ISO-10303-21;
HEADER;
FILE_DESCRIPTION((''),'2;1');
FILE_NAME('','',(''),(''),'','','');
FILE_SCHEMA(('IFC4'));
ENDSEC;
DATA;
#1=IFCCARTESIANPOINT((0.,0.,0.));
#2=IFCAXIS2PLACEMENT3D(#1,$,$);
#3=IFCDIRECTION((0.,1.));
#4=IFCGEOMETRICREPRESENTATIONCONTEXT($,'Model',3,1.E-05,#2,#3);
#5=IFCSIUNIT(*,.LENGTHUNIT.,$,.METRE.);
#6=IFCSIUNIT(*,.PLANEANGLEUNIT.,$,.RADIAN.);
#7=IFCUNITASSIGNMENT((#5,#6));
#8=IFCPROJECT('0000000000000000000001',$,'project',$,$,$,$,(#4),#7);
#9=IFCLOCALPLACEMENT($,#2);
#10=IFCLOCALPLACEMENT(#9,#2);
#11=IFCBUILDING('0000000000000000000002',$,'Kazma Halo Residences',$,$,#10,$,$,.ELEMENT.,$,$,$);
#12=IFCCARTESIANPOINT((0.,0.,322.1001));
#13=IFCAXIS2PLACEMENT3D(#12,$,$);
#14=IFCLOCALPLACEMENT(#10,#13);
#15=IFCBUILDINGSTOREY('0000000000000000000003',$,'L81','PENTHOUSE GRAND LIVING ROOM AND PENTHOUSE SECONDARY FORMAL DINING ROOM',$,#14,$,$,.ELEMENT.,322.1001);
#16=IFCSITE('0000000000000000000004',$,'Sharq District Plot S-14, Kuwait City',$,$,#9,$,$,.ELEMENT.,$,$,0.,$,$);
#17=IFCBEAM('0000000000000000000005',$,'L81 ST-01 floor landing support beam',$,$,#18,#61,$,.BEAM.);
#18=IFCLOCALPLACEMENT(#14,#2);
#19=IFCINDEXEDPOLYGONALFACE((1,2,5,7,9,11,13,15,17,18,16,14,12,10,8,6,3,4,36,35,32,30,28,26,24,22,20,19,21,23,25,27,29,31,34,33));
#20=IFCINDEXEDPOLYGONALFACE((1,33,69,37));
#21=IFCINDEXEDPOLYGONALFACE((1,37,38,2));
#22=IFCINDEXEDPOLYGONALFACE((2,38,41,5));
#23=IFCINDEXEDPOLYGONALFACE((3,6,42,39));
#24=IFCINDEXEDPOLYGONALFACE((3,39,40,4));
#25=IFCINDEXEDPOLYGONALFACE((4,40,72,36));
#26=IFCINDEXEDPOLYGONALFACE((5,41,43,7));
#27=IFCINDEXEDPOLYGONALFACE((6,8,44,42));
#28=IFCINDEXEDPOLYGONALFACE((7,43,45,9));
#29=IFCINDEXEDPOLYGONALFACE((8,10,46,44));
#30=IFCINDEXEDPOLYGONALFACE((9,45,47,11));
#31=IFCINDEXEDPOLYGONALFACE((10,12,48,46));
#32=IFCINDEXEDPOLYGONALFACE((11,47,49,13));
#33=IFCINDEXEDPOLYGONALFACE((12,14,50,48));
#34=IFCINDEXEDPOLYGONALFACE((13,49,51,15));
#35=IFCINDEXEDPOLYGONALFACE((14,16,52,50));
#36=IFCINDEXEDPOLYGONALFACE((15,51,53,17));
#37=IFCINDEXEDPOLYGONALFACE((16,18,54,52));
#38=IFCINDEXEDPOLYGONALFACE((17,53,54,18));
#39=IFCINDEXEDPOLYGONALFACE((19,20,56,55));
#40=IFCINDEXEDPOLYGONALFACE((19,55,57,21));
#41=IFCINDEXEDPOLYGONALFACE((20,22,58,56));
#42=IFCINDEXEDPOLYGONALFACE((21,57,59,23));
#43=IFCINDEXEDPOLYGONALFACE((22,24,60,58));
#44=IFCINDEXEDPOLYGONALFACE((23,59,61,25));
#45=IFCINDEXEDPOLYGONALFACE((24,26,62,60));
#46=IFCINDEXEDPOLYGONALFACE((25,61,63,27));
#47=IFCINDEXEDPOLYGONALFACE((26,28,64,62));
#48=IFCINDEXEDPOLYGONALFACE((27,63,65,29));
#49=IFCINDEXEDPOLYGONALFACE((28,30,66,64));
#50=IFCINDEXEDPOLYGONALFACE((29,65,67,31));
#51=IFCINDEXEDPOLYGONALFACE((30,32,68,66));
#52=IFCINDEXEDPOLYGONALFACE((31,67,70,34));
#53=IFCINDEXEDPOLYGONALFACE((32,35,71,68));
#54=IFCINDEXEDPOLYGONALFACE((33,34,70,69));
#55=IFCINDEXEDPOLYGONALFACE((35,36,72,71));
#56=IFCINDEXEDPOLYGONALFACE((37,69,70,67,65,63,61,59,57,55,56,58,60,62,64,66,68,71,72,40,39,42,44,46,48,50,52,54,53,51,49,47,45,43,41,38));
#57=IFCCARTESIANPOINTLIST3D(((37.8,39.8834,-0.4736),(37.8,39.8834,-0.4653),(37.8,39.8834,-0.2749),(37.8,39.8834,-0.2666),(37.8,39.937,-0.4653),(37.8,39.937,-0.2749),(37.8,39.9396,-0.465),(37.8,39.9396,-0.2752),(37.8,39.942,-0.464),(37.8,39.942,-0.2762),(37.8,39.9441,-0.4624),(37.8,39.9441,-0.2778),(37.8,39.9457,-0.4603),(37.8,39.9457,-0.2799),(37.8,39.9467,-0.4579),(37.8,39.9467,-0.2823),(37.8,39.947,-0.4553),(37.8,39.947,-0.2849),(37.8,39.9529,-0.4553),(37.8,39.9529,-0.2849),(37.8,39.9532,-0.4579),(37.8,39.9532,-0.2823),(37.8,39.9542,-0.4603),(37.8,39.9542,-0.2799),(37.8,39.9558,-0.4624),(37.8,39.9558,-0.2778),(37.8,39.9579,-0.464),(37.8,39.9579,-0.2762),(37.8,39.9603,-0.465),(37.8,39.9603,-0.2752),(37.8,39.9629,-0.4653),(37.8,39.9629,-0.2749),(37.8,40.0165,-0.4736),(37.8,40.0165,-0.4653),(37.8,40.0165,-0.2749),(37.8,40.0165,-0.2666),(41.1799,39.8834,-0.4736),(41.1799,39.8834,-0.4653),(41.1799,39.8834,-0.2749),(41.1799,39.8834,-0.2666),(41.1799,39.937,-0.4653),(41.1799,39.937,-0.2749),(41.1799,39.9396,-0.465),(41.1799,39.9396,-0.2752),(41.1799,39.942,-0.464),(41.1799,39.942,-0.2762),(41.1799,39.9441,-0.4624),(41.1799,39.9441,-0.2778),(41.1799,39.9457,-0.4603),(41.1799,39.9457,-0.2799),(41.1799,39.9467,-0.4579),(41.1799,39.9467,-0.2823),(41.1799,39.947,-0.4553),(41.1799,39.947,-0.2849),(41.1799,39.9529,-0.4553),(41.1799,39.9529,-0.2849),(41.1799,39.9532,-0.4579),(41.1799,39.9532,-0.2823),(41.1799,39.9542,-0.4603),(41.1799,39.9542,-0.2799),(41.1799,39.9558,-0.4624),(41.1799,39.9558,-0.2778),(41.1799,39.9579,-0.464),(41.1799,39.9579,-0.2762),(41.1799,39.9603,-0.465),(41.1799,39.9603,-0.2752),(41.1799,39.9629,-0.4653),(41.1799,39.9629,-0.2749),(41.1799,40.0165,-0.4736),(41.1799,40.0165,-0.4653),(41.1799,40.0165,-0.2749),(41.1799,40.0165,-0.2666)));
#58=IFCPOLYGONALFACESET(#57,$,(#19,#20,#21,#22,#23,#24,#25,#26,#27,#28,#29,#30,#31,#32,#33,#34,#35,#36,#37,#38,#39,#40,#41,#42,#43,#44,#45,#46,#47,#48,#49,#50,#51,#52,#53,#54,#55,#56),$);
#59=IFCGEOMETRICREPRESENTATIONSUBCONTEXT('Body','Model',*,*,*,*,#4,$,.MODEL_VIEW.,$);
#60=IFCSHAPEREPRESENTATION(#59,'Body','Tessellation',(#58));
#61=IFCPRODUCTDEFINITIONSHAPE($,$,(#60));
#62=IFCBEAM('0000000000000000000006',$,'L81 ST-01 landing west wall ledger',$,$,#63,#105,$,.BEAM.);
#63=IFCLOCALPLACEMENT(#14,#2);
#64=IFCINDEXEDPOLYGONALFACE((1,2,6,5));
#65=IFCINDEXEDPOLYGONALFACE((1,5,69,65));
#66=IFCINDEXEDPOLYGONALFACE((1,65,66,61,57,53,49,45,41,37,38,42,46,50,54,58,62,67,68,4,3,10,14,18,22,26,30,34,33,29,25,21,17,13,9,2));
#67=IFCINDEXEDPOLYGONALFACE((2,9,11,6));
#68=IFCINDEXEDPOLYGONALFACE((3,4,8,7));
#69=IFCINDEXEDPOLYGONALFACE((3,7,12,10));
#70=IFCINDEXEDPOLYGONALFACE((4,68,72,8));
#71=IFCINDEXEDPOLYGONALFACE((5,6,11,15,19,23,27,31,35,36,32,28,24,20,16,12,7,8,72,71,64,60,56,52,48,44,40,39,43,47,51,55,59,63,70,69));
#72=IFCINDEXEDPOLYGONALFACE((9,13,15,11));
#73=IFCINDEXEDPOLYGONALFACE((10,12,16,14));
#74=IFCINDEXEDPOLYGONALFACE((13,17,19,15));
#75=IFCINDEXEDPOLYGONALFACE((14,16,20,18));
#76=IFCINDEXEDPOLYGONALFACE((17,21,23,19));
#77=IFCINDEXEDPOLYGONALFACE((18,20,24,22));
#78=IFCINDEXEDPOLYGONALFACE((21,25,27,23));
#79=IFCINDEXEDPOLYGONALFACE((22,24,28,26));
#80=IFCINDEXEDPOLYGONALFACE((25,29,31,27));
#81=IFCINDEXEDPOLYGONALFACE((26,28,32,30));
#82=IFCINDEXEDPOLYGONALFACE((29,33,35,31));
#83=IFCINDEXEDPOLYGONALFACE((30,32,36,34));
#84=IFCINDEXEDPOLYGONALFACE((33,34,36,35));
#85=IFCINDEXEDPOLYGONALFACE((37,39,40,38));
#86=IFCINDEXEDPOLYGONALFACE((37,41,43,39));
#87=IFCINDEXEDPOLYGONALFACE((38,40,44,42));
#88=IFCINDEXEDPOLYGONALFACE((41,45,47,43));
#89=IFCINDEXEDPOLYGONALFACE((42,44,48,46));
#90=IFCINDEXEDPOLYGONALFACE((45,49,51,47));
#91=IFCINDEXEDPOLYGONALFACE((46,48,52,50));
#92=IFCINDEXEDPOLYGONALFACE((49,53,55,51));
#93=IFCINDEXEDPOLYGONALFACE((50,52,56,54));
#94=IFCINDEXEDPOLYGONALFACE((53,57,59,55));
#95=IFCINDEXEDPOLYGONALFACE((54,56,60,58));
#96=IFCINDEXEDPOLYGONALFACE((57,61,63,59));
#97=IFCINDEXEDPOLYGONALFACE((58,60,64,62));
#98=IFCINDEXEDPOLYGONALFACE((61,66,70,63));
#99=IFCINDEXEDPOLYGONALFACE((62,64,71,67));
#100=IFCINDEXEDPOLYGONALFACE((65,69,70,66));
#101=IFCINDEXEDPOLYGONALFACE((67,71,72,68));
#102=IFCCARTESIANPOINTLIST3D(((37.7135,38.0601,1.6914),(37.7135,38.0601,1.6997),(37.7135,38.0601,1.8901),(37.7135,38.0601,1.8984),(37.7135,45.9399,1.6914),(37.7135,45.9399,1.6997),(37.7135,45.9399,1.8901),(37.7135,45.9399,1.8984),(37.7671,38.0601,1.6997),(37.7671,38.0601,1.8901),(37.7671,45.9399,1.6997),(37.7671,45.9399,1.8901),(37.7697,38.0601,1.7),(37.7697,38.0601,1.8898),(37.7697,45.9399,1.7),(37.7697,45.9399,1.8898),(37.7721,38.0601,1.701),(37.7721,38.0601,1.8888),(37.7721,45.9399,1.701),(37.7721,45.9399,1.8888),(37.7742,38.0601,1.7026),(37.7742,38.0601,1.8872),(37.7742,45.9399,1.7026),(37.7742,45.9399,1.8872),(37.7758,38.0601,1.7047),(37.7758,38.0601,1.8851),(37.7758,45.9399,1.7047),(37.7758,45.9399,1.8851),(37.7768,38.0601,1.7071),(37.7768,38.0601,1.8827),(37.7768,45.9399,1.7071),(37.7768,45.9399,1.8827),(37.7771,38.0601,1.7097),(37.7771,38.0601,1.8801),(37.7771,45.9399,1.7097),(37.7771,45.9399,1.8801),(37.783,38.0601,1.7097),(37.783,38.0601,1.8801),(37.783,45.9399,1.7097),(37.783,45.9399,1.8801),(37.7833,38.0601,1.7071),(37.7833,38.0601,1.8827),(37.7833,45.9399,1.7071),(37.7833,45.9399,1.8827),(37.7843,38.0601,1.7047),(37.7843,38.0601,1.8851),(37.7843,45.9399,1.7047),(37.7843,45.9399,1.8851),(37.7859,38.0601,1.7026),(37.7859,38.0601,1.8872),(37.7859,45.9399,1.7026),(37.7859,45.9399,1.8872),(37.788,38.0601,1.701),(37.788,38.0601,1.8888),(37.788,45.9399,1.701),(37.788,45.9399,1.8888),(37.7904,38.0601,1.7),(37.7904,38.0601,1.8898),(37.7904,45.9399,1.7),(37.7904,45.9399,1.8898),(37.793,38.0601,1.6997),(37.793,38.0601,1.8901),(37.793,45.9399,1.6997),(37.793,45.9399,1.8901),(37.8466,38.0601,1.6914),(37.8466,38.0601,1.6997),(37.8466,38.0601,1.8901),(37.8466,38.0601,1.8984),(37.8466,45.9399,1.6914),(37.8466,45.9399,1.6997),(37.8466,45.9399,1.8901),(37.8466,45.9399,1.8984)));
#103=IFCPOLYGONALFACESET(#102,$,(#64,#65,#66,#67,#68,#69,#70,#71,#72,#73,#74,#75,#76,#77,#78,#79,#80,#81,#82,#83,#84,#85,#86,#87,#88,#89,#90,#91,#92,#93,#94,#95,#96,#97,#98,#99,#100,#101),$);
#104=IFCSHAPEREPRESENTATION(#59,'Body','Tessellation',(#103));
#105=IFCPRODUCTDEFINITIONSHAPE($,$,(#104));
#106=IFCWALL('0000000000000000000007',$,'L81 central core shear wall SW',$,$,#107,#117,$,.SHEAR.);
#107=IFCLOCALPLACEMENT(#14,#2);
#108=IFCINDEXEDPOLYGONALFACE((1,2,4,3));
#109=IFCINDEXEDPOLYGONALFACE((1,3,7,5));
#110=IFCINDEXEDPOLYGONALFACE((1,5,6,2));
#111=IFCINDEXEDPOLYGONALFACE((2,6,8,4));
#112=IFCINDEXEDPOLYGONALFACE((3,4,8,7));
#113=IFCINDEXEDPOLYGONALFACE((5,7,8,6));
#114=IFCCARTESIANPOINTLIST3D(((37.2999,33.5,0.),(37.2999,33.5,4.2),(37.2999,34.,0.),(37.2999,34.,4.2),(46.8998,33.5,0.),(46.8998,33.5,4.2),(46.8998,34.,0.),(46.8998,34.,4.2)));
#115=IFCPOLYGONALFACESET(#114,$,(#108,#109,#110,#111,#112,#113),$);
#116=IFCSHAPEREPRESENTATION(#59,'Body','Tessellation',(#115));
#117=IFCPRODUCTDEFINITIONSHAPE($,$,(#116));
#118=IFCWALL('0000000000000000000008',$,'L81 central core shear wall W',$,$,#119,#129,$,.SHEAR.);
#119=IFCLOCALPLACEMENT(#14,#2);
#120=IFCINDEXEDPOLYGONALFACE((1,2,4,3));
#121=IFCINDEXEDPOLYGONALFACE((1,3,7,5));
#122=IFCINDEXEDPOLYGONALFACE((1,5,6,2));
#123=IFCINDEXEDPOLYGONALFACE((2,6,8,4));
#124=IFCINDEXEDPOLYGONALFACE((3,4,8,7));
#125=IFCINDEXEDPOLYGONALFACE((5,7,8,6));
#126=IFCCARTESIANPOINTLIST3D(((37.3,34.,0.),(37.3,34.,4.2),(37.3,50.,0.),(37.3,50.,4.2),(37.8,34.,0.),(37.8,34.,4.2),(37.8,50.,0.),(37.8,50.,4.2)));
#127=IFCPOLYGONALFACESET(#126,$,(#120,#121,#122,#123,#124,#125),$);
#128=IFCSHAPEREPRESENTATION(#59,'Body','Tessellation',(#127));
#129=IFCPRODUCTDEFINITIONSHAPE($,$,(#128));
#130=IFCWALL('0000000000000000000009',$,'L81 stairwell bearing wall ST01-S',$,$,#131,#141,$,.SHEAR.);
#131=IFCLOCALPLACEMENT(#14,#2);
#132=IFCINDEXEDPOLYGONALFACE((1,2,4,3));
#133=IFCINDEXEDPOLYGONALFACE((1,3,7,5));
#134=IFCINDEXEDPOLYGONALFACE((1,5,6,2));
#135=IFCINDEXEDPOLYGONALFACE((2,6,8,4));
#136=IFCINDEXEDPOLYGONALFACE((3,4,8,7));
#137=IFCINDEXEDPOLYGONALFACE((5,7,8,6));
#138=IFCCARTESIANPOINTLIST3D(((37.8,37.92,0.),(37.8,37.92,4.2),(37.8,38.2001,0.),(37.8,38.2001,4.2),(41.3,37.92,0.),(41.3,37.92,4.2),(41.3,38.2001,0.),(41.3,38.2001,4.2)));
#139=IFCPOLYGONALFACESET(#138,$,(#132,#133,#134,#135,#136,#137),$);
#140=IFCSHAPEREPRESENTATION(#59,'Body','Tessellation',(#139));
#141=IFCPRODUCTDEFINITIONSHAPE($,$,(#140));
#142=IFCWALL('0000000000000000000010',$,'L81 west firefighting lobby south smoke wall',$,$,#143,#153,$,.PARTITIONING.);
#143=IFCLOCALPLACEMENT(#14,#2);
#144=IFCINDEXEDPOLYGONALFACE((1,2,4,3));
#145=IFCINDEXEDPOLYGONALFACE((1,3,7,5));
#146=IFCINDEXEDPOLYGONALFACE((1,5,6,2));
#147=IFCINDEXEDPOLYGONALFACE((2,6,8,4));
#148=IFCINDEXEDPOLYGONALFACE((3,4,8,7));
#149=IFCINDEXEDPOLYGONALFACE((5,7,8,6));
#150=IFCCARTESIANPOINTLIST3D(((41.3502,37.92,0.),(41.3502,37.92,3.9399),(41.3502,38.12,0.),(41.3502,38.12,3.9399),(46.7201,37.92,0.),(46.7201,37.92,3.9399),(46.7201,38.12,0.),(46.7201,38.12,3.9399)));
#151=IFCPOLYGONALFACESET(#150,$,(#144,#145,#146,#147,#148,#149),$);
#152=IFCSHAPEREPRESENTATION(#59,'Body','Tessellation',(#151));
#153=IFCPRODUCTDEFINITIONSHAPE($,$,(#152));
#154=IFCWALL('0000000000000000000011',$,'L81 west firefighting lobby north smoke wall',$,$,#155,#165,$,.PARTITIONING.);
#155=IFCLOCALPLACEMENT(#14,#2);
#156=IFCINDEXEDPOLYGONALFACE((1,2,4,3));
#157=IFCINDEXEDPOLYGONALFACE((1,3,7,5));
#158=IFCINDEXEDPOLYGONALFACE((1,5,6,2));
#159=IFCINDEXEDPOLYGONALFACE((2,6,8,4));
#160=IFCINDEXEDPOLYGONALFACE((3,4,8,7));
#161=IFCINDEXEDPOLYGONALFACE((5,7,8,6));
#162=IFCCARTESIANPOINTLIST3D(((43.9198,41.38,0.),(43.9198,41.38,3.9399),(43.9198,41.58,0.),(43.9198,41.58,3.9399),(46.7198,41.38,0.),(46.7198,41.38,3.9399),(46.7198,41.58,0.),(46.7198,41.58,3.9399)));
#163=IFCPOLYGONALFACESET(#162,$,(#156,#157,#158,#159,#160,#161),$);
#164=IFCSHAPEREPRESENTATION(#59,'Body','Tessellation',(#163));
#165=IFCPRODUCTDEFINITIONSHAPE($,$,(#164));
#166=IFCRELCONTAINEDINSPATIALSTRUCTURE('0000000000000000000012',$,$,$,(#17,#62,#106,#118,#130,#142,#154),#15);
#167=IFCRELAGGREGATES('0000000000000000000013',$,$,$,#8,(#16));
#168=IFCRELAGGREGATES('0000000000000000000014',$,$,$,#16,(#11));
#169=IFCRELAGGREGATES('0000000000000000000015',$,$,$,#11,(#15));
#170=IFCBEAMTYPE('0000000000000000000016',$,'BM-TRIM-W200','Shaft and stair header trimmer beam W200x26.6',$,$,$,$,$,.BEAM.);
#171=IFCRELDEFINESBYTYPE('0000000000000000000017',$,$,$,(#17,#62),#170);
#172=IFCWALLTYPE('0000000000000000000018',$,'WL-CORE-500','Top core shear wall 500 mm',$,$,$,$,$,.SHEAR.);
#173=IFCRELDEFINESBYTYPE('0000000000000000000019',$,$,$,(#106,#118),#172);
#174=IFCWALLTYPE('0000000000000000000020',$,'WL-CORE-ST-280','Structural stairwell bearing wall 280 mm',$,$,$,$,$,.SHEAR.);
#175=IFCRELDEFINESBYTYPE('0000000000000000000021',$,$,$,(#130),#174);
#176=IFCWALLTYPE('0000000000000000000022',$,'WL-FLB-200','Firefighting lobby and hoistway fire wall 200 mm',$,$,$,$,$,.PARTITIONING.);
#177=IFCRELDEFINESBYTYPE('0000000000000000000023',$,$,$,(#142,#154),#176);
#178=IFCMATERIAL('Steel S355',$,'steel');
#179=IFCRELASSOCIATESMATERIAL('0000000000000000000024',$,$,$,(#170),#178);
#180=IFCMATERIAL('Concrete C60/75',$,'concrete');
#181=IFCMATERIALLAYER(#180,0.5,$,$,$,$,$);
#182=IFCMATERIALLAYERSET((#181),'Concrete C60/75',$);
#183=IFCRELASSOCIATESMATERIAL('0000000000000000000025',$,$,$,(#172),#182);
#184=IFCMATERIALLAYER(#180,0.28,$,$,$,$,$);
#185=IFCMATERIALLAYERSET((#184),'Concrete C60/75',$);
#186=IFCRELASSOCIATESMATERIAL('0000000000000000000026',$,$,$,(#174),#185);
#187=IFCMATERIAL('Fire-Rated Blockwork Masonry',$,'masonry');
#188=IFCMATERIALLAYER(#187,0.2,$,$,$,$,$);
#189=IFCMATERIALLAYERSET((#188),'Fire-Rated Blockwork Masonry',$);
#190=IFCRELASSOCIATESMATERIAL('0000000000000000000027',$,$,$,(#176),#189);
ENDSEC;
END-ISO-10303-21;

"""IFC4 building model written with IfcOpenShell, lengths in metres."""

from ifc_helpers import new_model, si_unit, direction, frame, frame_2d, origin, origin_2d, place, context, subcontext, project, spatial, rectangle, i_section, extrude, material, layer, layer_set, material_profile, profile_set, type_object, element, save


model = new_model("IFC4")

# Units and contexts
model_context = context("Model", 3, precision=1e-05, world=origin(), true_north=direction((0.0, 1.0)))
body_context = subcontext(model_context, "Body", "Model", "MODEL_VIEW")
ifc_project = project(units=[si_unit("LENGTHUNIT", "METRE"), si_unit("PLANEANGLEUNIT", "RADIAN")], contexts=[model_context])

# Site, building, storey
site_placement = place(None, origin())
site = spatial("IfcSite", under=ifc_project, at=site_placement, Name="Sharq District Plot S-14, Kuwait City", CompositionType="ELEMENT", RefElevation=0.0)
building_placement = place(site_placement, origin())
building = spatial("IfcBuilding", under=site, at=building_placement, Name="Kazma Halo Residences", CompositionType="ELEMENT")
storey_placement = place(building_placement, frame((0.0, 0.0, 322.1001)))
storey = spatial("IfcBuildingStorey", under=building, at=storey_placement, Name="L81", Description="PENTHOUSE GRAND LIVING ROOM AND PENTHOUSE SECONDARY FORMAL DINING ROOM", CompositionType="ELEMENT", Elevation=322.1001)

# Beams
ifc_material_1 = material(Name="Steel S355", Category="steel")
ifc_material_profile_1 = material_profile(ifc_material_1, i_section(OverallWidth=0.1331, OverallDepth=0.207, WebThickness=0.0059, FlangeThickness=0.0083, FilletRadius=0.01, at=origin_2d()), Name="W200x26.6")
ifc_profile_set_1 = profile_set([ifc_material_profile_1], Name="Steel S355")
beam_type_1 = type_object("IfcBeamType", Name="BM-TRIM-W200", Description="Shaft and stair header trimmer beam W200x26.6", PredefinedType="BEAM", material=ifc_profile_set_1)
beam_1_placement = place(storey_placement, frame((37.8, 39.95, -0.3701), z_axis=(1.0, 0.0, 0.0), x_axis=(0.0, 1.0, 0.0)))
element("IfcBeam", 1, at=beam_1_placement, inside=storey, type_object=beam_type_1, Name="L81 ST-01 floor landing support beam", PredefinedType="BEAM", context=body_context, shape_type="SweptSolid", body=[
    extrude(i_section(OverallWidth=0.1331, OverallDepth=0.207, WebThickness=0.0059, FlangeThickness=0.0083, FilletRadius=0.01, at=origin_2d()), origin(), (0.0, 0.0, 1.0), 3.3799),
])
beam_2_placement = place(storey_placement, frame((37.78, 38.0601, 1.7949), z_axis=(0.0, 1.0, 0.0), x_axis=(-1.0, 0.0, 0.0)))
element("IfcBeam", 2, at=beam_2_placement, inside=storey, type_object=beam_type_1, Name="L81 ST-01 landing west wall ledger", PredefinedType="BEAM", context=body_context, shape_type="SweptSolid", body=[
    extrude(i_section(OverallWidth=0.1331, OverallDepth=0.207, WebThickness=0.0059, FlangeThickness=0.0083, FilletRadius=0.01, at=origin_2d()), origin(), (0.0, 0.0, 1.0), 7.8799),
])

# Walls
ifc_material_2 = material(Name="Concrete C60/75", Category="concrete")
ifc_layer_1 = layer(ifc_material_2, 0.5)
ifc_layer_set_1 = layer_set([ifc_layer_1], Name="Concrete C60/75")
wall_type_1 = type_object("IfcWallType", Name="WL-CORE-500", Description="Top core shear wall 500 mm", PredefinedType="SHEAR", material=ifc_layer_set_1)
wall_1_placement = place(storey_placement, frame((37.3, 33.75, 0.0), z_axis=(0.0, 0.0, 1.0), x_axis=(1.0, 0.0, 0.0)))
element("IfcWall", 3, at=wall_1_placement, inside=storey, type_object=wall_type_1, Name="L81 central core shear wall SW", PredefinedType="SHEAR", context=body_context, shape_type="SweptSolid", body=[
    extrude(rectangle(XDim=9.5999, YDim=0.5, at=frame_2d((4.7998, 0.0))), origin(), (0.0, 0.0, 1.0), 4.2),
])
wall_2_placement = place(storey_placement, frame((37.55, 34.0, 0.0), z_axis=(0.0, 0.0, 1.0), x_axis=(0.0, 1.0, 0.0)))
element("IfcWall", 4, at=wall_2_placement, inside=storey, type_object=wall_type_1, Name="L81 central core shear wall W", PredefinedType="SHEAR", context=body_context, shape_type="SweptSolid", body=[
    extrude(rectangle(XDim=16.0, YDim=0.5, at=frame_2d((8.0, 0.0))), origin(), (0.0, 0.0, 1.0), 4.2),
])
ifc_layer_2 = layer(ifc_material_2, 0.28)
ifc_layer_set_2 = layer_set([ifc_layer_2], Name="Concrete C60/75")
wall_type_2 = type_object("IfcWallType", Name="WL-CORE-ST-280", Description="Structural stairwell bearing wall 280 mm", PredefinedType="SHEAR", material=ifc_layer_set_2)
wall_3_placement = place(storey_placement, frame((37.8, 38.0601, 0.0), z_axis=(0.0, 0.0, 1.0), x_axis=(1.0, 0.0, 0.0)))
element("IfcWall", 5, at=wall_3_placement, inside=storey, type_object=wall_type_2, Name="L81 stairwell bearing wall ST01-S", PredefinedType="SHEAR", context=body_context, shape_type="SweptSolid", body=[
    extrude(rectangle(XDim=3.5, YDim=0.28, at=frame_2d((1.75, 0.0))), origin(), (0.0, 0.0, 1.0), 4.2),
])
ifc_material_3 = material(Name="Fire-Rated Blockwork Masonry", Category="masonry")
ifc_layer_3 = layer(ifc_material_3, 0.2)
ifc_layer_set_3 = layer_set([ifc_layer_3], Name="Fire-Rated Blockwork Masonry")
wall_type_3 = type_object("IfcWallType", Name="WL-FLB-200", Description="Firefighting lobby and hoistway fire wall 200 mm", PredefinedType="PARTITIONING", material=ifc_layer_set_3)
wall_4_placement = place(storey_placement, frame((41.3501, 38.02, 0.0), z_axis=(0.0, 0.0, 1.0), x_axis=(1.0, 0.0, 0.0)))
element("IfcWall", 6, at=wall_4_placement, inside=storey, type_object=wall_type_3, Name="L81 west firefighting lobby south smoke wall", PredefinedType="PARTITIONING", context=body_context, shape_type="SweptSolid", body=[
    extrude(rectangle(XDim=5.3699, YDim=0.2, at=frame_2d((2.6851, 0.0))), origin(), (0.0, 0.0, 1.0), 3.9399),
])
wall_5_placement = place(storey_placement, frame((43.9199, 41.48, 0.0), z_axis=(0.0, 0.0, 1.0), x_axis=(1.0, 0.0, 0.0)))
element("IfcWall", 7, at=wall_5_placement, inside=storey, type_object=wall_type_3, Name="L81 west firefighting lobby north smoke wall", PredefinedType="PARTITIONING", context=body_context, shape_type="SweptSolid", body=[
    extrude(rectangle(XDim=2.8, YDim=0.2, at=frame_2d((1.3999, 0.0))), origin(), (0.0, 0.0, 1.0), 3.9399),
])

save(model, "model.ifc")
